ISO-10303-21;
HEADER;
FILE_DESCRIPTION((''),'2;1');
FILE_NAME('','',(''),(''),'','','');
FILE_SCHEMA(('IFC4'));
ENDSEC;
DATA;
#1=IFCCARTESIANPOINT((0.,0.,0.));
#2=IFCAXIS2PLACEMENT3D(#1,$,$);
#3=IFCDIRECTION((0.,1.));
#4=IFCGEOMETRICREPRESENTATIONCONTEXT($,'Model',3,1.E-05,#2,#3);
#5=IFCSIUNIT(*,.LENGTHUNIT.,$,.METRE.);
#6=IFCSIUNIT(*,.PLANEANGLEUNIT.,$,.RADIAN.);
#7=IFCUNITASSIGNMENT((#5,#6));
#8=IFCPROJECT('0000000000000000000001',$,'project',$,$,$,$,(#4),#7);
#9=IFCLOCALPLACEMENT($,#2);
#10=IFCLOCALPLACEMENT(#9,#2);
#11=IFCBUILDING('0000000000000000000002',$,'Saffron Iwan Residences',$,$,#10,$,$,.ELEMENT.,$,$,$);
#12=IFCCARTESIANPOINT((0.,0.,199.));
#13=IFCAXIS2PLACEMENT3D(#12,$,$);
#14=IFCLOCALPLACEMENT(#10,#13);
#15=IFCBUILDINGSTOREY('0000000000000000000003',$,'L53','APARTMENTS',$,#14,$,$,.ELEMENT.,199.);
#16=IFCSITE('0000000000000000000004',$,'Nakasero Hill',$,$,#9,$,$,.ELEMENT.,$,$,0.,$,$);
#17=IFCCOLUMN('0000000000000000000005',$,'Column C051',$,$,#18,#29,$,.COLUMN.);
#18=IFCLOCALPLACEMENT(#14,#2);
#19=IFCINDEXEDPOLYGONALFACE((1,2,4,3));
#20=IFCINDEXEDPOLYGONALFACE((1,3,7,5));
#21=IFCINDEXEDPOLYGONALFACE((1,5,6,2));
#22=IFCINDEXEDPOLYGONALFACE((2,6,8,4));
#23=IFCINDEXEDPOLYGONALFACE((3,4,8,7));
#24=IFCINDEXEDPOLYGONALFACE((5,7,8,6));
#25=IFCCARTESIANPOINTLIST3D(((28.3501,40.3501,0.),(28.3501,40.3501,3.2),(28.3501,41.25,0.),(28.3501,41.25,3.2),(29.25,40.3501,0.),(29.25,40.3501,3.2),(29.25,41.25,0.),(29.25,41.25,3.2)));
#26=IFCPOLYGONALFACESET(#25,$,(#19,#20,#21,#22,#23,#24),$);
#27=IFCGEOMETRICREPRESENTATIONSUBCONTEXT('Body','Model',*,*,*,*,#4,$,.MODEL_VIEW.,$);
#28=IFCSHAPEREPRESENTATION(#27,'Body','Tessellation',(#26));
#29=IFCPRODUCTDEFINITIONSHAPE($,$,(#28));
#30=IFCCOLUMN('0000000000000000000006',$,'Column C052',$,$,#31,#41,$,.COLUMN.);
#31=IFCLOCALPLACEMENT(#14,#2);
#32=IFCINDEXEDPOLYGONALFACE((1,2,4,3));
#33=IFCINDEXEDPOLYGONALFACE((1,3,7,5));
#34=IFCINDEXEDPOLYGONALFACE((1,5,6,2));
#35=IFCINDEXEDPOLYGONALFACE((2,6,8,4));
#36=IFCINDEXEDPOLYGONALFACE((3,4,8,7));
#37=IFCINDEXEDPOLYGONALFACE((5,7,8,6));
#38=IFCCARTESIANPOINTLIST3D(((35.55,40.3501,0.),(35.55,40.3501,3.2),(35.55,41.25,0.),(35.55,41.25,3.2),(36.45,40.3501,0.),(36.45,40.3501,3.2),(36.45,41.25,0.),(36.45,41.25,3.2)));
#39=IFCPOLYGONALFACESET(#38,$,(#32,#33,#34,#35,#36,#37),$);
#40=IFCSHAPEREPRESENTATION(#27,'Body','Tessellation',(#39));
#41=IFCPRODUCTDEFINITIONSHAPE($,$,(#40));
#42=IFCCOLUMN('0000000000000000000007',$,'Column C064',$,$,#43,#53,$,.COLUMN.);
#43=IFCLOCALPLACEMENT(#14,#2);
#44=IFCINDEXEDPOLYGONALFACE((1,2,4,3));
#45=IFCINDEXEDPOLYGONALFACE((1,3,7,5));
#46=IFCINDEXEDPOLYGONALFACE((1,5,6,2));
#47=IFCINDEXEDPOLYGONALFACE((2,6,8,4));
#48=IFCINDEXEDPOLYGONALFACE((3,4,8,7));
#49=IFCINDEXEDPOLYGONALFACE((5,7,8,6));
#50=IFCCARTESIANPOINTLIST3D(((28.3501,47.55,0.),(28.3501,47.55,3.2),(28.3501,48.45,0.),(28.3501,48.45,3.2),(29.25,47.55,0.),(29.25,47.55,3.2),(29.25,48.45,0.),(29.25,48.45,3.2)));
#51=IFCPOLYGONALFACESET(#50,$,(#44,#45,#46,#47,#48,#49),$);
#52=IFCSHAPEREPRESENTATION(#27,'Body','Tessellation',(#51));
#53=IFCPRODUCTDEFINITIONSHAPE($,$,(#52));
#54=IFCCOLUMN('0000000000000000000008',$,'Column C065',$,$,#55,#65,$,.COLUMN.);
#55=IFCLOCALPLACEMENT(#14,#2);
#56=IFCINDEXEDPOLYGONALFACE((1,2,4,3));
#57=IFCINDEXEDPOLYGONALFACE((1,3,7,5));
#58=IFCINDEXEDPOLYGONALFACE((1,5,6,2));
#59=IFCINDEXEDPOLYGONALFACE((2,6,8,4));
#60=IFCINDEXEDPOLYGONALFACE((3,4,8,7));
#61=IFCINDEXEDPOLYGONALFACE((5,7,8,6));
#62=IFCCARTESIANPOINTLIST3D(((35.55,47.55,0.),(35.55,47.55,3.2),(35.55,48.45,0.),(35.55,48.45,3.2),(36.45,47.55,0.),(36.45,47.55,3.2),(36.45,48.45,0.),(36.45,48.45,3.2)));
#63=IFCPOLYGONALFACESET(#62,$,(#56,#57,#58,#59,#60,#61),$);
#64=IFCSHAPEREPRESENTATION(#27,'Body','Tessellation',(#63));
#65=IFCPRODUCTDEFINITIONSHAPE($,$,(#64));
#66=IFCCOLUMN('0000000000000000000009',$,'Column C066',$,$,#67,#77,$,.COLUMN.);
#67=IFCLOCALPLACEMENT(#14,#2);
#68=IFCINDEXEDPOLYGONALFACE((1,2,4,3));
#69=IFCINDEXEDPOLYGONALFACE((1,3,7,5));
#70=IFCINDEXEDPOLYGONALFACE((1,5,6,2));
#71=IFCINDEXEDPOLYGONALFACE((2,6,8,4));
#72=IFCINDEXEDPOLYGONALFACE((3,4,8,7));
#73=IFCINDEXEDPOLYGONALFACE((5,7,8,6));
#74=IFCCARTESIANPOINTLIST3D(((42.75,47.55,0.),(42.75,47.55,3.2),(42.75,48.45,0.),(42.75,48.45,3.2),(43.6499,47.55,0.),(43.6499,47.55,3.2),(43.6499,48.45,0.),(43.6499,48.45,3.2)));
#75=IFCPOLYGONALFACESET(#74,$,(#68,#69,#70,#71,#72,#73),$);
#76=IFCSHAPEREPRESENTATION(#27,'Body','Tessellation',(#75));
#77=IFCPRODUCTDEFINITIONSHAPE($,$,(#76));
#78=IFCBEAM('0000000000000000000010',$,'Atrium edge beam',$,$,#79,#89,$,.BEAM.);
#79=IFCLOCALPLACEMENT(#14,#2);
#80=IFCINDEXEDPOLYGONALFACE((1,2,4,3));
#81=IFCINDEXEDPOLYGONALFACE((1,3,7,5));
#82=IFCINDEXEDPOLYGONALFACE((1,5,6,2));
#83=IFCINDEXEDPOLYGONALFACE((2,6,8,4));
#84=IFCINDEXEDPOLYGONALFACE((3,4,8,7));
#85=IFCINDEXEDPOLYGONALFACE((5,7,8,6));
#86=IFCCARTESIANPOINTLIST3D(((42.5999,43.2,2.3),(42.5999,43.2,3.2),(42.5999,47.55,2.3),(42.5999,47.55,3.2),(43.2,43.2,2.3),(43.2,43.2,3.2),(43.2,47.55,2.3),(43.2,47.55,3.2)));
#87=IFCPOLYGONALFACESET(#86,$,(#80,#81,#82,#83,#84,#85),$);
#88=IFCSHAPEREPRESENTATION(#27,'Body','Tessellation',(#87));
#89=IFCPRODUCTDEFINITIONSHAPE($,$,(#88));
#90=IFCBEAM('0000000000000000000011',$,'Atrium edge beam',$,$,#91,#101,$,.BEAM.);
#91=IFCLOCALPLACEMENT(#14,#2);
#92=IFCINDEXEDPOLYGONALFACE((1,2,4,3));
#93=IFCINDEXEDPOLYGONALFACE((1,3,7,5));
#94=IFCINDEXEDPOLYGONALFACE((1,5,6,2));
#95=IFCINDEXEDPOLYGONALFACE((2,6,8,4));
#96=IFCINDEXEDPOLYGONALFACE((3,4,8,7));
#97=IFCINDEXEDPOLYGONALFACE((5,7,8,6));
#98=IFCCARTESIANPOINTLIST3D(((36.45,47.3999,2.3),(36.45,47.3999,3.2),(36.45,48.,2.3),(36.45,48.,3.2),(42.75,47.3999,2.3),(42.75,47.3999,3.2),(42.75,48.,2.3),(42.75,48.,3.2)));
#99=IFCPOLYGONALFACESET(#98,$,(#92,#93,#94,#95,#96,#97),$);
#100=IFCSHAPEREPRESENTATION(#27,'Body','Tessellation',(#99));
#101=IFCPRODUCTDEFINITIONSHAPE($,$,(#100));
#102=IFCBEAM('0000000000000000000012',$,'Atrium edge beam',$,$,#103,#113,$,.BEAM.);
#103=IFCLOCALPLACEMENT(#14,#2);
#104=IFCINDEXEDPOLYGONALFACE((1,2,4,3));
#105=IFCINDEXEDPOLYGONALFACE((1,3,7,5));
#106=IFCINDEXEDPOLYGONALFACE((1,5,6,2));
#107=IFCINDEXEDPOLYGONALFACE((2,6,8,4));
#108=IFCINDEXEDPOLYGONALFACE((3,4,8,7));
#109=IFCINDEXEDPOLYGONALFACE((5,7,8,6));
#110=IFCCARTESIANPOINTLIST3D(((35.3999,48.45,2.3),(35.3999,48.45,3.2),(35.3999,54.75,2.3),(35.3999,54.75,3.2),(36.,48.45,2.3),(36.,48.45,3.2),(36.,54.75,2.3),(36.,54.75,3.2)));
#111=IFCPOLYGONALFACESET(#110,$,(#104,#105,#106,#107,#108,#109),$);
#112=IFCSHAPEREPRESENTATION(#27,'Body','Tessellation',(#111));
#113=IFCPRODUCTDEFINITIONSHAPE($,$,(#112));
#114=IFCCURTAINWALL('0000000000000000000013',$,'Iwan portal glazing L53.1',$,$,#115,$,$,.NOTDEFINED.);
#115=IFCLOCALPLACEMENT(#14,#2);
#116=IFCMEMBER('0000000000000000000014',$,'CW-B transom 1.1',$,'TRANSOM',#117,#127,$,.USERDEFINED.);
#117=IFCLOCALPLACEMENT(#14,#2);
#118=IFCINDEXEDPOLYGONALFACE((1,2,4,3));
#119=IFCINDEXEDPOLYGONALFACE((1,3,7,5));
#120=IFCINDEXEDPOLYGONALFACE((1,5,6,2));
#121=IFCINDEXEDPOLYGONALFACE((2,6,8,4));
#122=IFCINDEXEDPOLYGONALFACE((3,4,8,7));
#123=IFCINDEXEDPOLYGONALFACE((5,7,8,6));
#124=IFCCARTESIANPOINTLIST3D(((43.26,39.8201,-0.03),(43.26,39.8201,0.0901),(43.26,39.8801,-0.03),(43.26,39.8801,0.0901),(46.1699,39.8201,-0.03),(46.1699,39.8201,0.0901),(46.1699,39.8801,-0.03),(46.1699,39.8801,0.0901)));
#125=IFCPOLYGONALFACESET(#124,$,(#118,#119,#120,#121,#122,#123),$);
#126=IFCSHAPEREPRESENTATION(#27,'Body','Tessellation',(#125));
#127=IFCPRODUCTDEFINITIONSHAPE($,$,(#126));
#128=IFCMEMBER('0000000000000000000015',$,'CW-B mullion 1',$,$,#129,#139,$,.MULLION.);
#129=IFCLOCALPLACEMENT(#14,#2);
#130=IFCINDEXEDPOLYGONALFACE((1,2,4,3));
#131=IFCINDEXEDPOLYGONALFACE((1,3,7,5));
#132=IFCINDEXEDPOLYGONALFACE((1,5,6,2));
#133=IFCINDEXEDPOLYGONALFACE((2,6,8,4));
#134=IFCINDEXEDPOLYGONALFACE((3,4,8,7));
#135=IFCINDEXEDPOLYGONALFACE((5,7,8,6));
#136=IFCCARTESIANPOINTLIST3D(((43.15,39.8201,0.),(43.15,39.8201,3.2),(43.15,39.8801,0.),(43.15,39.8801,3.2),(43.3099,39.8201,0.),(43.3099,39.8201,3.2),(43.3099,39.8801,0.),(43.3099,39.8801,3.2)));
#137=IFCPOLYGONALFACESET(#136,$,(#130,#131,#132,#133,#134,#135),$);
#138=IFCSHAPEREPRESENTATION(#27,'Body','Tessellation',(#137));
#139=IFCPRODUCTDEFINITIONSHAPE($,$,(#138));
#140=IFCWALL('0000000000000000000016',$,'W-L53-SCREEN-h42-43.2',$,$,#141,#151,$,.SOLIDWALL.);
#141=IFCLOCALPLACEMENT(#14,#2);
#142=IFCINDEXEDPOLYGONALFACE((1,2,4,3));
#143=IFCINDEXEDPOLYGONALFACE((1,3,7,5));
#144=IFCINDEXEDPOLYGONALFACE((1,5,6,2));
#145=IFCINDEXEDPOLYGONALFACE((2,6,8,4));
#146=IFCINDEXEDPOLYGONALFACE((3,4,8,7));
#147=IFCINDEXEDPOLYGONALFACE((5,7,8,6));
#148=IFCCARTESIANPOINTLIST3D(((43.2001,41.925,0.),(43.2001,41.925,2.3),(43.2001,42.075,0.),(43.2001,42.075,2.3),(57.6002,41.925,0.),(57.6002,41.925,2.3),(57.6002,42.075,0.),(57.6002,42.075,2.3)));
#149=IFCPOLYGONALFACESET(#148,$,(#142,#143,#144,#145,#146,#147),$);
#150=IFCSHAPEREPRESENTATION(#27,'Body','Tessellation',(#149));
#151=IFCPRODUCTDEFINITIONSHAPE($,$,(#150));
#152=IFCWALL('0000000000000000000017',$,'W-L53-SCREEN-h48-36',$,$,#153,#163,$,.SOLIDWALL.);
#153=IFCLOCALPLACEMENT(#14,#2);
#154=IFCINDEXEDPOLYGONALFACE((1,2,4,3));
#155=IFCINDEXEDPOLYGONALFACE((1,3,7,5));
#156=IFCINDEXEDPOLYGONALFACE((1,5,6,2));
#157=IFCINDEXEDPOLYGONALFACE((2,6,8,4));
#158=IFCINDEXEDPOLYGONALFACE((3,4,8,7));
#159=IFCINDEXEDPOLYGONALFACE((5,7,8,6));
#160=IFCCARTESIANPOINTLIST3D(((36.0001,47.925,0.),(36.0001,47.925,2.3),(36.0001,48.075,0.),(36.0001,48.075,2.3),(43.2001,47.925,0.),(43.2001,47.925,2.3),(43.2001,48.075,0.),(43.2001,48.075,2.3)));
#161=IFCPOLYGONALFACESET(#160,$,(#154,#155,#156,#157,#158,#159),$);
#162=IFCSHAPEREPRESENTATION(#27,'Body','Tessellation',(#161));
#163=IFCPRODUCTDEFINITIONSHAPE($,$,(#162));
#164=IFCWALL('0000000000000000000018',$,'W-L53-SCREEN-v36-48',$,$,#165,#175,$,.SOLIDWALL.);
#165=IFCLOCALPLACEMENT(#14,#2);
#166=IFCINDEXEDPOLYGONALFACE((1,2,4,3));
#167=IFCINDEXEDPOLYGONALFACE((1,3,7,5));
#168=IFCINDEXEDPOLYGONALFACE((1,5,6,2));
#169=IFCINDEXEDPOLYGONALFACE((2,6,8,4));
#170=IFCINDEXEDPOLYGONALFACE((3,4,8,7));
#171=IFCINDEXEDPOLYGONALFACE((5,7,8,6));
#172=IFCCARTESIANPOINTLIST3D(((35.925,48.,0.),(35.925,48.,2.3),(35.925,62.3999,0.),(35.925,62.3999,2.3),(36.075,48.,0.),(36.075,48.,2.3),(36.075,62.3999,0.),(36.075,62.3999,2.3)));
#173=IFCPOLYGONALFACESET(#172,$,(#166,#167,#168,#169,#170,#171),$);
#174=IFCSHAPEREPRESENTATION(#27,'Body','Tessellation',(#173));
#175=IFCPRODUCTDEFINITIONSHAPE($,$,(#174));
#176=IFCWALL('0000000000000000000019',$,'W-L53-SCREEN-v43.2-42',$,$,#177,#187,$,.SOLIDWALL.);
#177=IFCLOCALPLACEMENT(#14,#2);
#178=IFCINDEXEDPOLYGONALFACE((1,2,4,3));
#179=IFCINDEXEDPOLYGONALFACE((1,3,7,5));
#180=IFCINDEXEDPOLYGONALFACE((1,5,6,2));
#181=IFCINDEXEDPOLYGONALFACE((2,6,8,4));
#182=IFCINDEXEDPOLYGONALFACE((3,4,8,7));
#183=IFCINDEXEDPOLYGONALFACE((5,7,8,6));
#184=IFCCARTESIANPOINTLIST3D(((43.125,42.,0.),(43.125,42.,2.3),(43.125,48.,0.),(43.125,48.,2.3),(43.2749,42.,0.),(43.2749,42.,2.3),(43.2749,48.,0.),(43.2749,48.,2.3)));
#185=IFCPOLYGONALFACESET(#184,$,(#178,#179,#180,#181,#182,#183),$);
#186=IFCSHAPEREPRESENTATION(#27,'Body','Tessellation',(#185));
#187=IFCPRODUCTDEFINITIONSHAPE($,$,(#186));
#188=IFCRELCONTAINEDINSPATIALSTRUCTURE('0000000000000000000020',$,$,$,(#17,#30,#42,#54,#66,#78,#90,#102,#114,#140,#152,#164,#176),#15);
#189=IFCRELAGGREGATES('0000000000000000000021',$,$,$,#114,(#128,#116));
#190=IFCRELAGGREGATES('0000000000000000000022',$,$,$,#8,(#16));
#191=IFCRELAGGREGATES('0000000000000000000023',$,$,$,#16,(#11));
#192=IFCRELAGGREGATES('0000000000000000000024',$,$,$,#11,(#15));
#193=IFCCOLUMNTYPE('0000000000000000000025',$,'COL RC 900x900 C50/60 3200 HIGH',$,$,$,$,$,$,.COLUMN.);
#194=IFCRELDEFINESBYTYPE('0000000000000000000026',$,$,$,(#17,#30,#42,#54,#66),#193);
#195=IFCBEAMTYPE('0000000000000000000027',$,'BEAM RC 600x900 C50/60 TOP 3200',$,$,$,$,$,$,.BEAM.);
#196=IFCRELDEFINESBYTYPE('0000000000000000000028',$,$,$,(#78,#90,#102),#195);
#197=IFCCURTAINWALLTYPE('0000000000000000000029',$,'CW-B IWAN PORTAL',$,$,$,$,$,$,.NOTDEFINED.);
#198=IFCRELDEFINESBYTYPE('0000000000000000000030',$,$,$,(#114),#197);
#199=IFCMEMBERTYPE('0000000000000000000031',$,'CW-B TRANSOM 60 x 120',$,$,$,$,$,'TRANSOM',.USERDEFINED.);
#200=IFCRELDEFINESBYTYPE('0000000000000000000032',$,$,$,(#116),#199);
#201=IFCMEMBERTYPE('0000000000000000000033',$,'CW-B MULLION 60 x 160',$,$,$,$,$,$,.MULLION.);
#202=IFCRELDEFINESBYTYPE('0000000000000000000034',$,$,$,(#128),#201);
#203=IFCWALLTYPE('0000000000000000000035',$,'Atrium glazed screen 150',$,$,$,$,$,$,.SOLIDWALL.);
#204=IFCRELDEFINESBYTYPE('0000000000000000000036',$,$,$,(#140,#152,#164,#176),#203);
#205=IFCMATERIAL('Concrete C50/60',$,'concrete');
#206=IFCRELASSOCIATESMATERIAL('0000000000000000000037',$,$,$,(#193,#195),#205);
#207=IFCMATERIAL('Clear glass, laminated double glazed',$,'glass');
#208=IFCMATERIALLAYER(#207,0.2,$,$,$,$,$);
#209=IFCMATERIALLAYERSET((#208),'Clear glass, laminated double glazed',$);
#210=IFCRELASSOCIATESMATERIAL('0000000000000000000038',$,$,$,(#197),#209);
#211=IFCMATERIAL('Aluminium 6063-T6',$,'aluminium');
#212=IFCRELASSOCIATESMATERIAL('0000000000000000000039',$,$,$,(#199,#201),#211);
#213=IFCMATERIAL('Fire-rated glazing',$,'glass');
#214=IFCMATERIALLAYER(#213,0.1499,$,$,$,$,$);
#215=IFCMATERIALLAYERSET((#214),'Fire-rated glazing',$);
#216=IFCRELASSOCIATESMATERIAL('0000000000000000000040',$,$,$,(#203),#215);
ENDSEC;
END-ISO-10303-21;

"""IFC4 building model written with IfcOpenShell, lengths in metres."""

from ifc_helpers import new_model, si_unit, direction, frame, frame_2d, origin, origin_2d, place, context, subcontext, project, spatial, rectangle, extrude, source, transform, mapped, material, layer, layer_set, material_profile, profile_set, type_object, element, aggregate, save


model = new_model("IFC4")

# Units and contexts
model_context = context("Model", 3, precision=1e-05, world=origin(), true_north=direction((0.0, 1.0)))
body_context = subcontext(model_context, "Body", "Model", "MODEL_VIEW")
ifc_project = project(units=[si_unit("LENGTHUNIT", "METRE"), si_unit("PLANEANGLEUNIT", "RADIAN")], contexts=[model_context])

# Site, building, storey
site_placement = place(None, origin())
site = spatial("IfcSite", under=ifc_project, at=site_placement, Name="Nakasero Hill", CompositionType="ELEMENT", RefElevation=0.0)
building_placement = place(site_placement, origin())
building = spatial("IfcBuilding", under=site, at=building_placement, Name="Saffron Iwan Residences", CompositionType="ELEMENT")
storey_placement = place(building_placement, frame((0.0, 0.0, 199.0)))
storey = spatial("IfcBuildingStorey", under=building, at=storey_placement, Name="L53", Description="APARTMENTS", CompositionType="ELEMENT", Elevation=199.0)

# Columns
ifc_material_1 = material(Name="Concrete C50/60", Category="concrete")
ifc_material_profile_1 = material_profile(ifc_material_1, rectangle(XDim=0.8999, YDim=0.8999, at=origin_2d()), Name="RC 900x900")
ifc_profile_set_1 = profile_set([ifc_material_profile_1], Name="Concrete C50/60")
column_type = type_object("IfcColumnType", Name="COL RC 900x900 C50/60 3200 HIGH", PredefinedType="COLUMN", material=ifc_profile_set_1)
shared_shape_1 = source(origin(), body_context, "Body", "SweptSolid", [
    extrude(rectangle(XDim=0.8999, YDim=0.8999, at=origin_2d()), origin(), (0.0, 0.0, 1.0), 3.2),
])
for number, where, z_axis, x_axis, name in (
    (1, (28.8, 40.8, 0.0), (0.0, 0.0, 1.0), (1.0, 0.0, 0.0), "Column C051"),
    (2, (36.0, 40.8, 0.0), (0.0, 0.0, 1.0), (1.0, 0.0, 0.0), "Column C052"),
    (3, (28.8, 48.0, 0.0), (0.0, 0.0, 1.0), (1.0, 0.0, 0.0), "Column C064"),
    (4, (36.0, 48.0, 0.0), (0.0, 0.0, 1.0), (1.0, 0.0, 0.0), "Column C065"),
    (5, (43.2, 48.0, 0.0), (0.0, 0.0, 1.0), (1.0, 0.0, 0.0), "Column C066"),
):
    element("IfcColumn", number, at=place(storey_placement, frame(where, z_axis=z_axis, x_axis=x_axis)), inside=storey, type_object=column_type, Name=name, PredefinedType="COLUMN", context=body_context, shape_type="MappedRepresentation", body=[
        mapped(shared_shape_1, transform((0.0, 0.0, 0.0))),
    ])

# Beams
ifc_material_profile_2 = material_profile(ifc_material_1, rectangle(XDim=0.6001, YDim=0.8999, at=origin_2d()), Name="RC 600x900")
ifc_profile_set_2 = profile_set([ifc_material_profile_2], Name="Concrete C50/60")
beam_type = type_object("IfcBeamType", Name="BEAM RC 600x900 C50/60 TOP 3200", PredefinedType="BEAM", material=ifc_profile_set_2)
shared_shape_2 = source(origin(), body_context, "Body", "SweptSolid", [
    extrude(rectangle(XDim=0.6001, YDim=0.8999, at=origin_2d()), origin(), (0.0, 0.0, 1.0), 4.3501),
])
beam_placement = place(storey_placement, frame((42.8999, 43.2, 2.75), z_axis=(0.0, 1.0, 0.0), x_axis=(-1.0, 0.0, 0.0)))
element("IfcBeam", 6, at=beam_placement, inside=storey, type_object=beam_type, Name="Atrium edge beam", PredefinedType="BEAM", context=body_context, shape_type="MappedRepresentation", body=[
    mapped(shared_shape_2, transform((0.0, 0.0, 0.0))),
])
shared_shape_3 = source(origin(), body_context, "Body", "SweptSolid", [
    extrude(rectangle(XDim=0.6001, YDim=0.8999, at=origin_2d()), origin(), (0.0, 0.0, 1.0), 6.3),
])
for number, where, z_axis, x_axis, name in (
    (7, (42.75, 47.7, 2.75), (-1.0, 0.0, 0.0), (0.0, -1.0, 0.0), "Atrium edge beam"),
    (8, (35.7, 48.45, 2.75), (0.0, 1.0, 0.0), (-1.0, 0.0, 0.0), "Atrium edge beam"),
):
    element("IfcBeam", number, at=place(storey_placement, frame(where, z_axis=z_axis, x_axis=x_axis)), inside=storey, type_object=beam_type, Name=name, PredefinedType="BEAM", context=body_context, shape_type="MappedRepresentation", body=[
        mapped(shared_shape_3, transform((0.0, 0.0, 0.0))),
    ])

# Curtain wall, members
ifc_material_2 = material(Name="Clear glass, laminated double glazed", Category="glass")
ifc_layer_1 = layer(ifc_material_2, 0.2)
ifc_layer_set_1 = layer_set([ifc_layer_1], Name="Clear glass, laminated double glazed")
curtain_wall_type = type_object("IfcCurtainWallType", Name="CW-B IWAN PORTAL", PredefinedType="NOTDEFINED", material=ifc_layer_set_1)
curtain_wall_placement = place(storey_placement, origin())
curtain_wall = element("IfcCurtainWall", 9, at=curtain_wall_placement, inside=storey, type_object=curtain_wall_type, Name="Iwan portal glazing L53.1", PredefinedType="NOTDEFINED")
ifc_material_3 = material(Name="Aluminium 6063-T6", Category="aluminium")
ifc_material_profile_3 = material_profile(ifc_material_3, rectangle(XDim=0.0601, YDim=0.1201, at=origin_2d()), Name="CW-B TRANSOM 60 x 120")
ifc_profile_set_3 = profile_set([ifc_material_profile_3], Name="Aluminium 6063-T6")
member_type_1 = type_object("IfcMemberType", Name="CW-B TRANSOM 60 x 120", ElementType="TRANSOM", PredefinedType="USERDEFINED", material=ifc_profile_set_3)
shared_shape_4 = source(origin(), body_context, "Body", "SweptSolid", [
    extrude(rectangle(XDim=0.0601, YDim=0.1201, at=origin_2d()), origin(), (0.0, 0.0, 1.0), 2.9099),
])
member_1_placement = place(storey_placement, frame((43.26, 39.8501, 0.03), z_axis=(1.0, 0.0, 0.0), x_axis=(0.0, 1.0, 0.0)))
member_1 = element("IfcMember", 10, at=member_1_placement, type_object=member_type_1, Name="CW-B transom 1.1", ObjectType="TRANSOM", PredefinedType="USERDEFINED", context=body_context, shape_type="MappedRepresentation", body=[
    mapped(shared_shape_4, transform((0.0, 0.0, 0.0))),
])
ifc_material_profile_4 = material_profile(ifc_material_3, rectangle(XDim=0.0601, YDim=0.1599, at=origin_2d()), Name="CW-B MULLION 60 x 160")
ifc_profile_set_4 = profile_set([ifc_material_profile_4], Name="Aluminium 6063-T6")
member_type_2 = type_object("IfcMemberType", Name="CW-B MULLION 60 x 160", PredefinedType="MULLION", material=ifc_profile_set_4)
shared_shape_5 = source(origin(), body_context, "Body", "SweptSolid", [
    extrude(rectangle(XDim=0.0601, YDim=0.1599, at=origin_2d()), origin(), (0.0, 0.0, 1.0), 3.2),
])
member_2_placement = place(storey_placement, frame((43.23, 39.8501, 0.0), z_axis=(0.0, 0.0, 1.0), x_axis=(0.0, 1.0, 0.0)))
member_2 = element("IfcMember", 11, at=member_2_placement, type_object=member_type_2, Name="CW-B mullion 1", PredefinedType="MULLION", context=body_context, shape_type="MappedRepresentation", body=[
    mapped(shared_shape_5, transform((0.0, 0.0, 0.0))),
])
aggregate(curtain_wall, [member_2, member_1])

# Walls
ifc_material_4 = material(Name="Fire-rated glazing", Category="glass")
ifc_layer_2 = layer(ifc_material_4, 0.1499)
ifc_layer_set_2 = layer_set([ifc_layer_2], Name="Fire-rated glazing")
wall_type_1 = type_object("IfcWallType", Name="Atrium glazed screen 150", PredefinedType="SOLIDWALL", material=ifc_layer_set_2)
wall_1_placement = place(storey_placement, frame((43.2, 42.0, 0.0), z_axis=(0.0, 0.0, 1.0), x_axis=(1.0, 0.0, 0.0)))
element("IfcWall", 12, at=wall_1_placement, inside=storey, type_object=wall_type_1, Name="W-L53-SCREEN-h42-43.2", PredefinedType="SOLIDWALL", context=body_context, shape_type="SweptSolid", body=[
    extrude(rectangle(XDim=14.4001, YDim=0.1499, at=frame_2d((7.2002, 0.0))), origin(), (0.0, 0.0, 1.0), 2.3),
])
wall_2_placement = place(storey_placement, frame((36.0, 48.0, 0.0), z_axis=(0.0, 0.0, 1.0), x_axis=(1.0, 0.0, 0.0)))
element("IfcWall", 13, at=wall_2_placement, inside=storey, type_object=wall_type_1, Name="W-L53-SCREEN-h48-36", PredefinedType="SOLIDWALL", context=body_context, shape_type="SweptSolid", body=[
    extrude(rectangle(XDim=7.2, YDim=0.1499, at=frame_2d((3.6001, 0.0))), origin(), (0.0, 0.0, 1.0), 2.3),
])
wall_3_placement = place(storey_placement, frame((36.0, 48.0, 0.0), z_axis=(0.0, 0.0, 1.0), x_axis=(0.0, 1.0, 0.0)))
element("IfcWall", 14, at=wall_3_placement, inside=storey, type_object=wall_type_1, Name="W-L53-SCREEN-v36-48", PredefinedType="SOLIDWALL", context=body_context, shape_type="SweptSolid", body=[
    extrude(rectangle(XDim=14.3999, YDim=0.1499, at=frame_2d((7.2, 0.0))), origin(), (0.0, 0.0, 1.0), 2.3),
])
wall_4_placement = place(storey_placement, frame((43.2, 42.0, 0.0), z_axis=(0.0, 0.0, 1.0), x_axis=(0.0, 1.0, 0.0)))
element("IfcWall", 15, at=wall_4_placement, inside=storey, type_object=wall_type_1, Name="W-L53-SCREEN-v43.2-42", PredefinedType="SOLIDWALL", context=body_context, shape_type="SweptSolid", body=[
    extrude(rectangle(XDim=6.0, YDim=0.1499, at=frame_2d((3.0, 0.0))), origin(), (0.0, 0.0, 1.0), 2.3),
])

save(model, "model.ifc")
